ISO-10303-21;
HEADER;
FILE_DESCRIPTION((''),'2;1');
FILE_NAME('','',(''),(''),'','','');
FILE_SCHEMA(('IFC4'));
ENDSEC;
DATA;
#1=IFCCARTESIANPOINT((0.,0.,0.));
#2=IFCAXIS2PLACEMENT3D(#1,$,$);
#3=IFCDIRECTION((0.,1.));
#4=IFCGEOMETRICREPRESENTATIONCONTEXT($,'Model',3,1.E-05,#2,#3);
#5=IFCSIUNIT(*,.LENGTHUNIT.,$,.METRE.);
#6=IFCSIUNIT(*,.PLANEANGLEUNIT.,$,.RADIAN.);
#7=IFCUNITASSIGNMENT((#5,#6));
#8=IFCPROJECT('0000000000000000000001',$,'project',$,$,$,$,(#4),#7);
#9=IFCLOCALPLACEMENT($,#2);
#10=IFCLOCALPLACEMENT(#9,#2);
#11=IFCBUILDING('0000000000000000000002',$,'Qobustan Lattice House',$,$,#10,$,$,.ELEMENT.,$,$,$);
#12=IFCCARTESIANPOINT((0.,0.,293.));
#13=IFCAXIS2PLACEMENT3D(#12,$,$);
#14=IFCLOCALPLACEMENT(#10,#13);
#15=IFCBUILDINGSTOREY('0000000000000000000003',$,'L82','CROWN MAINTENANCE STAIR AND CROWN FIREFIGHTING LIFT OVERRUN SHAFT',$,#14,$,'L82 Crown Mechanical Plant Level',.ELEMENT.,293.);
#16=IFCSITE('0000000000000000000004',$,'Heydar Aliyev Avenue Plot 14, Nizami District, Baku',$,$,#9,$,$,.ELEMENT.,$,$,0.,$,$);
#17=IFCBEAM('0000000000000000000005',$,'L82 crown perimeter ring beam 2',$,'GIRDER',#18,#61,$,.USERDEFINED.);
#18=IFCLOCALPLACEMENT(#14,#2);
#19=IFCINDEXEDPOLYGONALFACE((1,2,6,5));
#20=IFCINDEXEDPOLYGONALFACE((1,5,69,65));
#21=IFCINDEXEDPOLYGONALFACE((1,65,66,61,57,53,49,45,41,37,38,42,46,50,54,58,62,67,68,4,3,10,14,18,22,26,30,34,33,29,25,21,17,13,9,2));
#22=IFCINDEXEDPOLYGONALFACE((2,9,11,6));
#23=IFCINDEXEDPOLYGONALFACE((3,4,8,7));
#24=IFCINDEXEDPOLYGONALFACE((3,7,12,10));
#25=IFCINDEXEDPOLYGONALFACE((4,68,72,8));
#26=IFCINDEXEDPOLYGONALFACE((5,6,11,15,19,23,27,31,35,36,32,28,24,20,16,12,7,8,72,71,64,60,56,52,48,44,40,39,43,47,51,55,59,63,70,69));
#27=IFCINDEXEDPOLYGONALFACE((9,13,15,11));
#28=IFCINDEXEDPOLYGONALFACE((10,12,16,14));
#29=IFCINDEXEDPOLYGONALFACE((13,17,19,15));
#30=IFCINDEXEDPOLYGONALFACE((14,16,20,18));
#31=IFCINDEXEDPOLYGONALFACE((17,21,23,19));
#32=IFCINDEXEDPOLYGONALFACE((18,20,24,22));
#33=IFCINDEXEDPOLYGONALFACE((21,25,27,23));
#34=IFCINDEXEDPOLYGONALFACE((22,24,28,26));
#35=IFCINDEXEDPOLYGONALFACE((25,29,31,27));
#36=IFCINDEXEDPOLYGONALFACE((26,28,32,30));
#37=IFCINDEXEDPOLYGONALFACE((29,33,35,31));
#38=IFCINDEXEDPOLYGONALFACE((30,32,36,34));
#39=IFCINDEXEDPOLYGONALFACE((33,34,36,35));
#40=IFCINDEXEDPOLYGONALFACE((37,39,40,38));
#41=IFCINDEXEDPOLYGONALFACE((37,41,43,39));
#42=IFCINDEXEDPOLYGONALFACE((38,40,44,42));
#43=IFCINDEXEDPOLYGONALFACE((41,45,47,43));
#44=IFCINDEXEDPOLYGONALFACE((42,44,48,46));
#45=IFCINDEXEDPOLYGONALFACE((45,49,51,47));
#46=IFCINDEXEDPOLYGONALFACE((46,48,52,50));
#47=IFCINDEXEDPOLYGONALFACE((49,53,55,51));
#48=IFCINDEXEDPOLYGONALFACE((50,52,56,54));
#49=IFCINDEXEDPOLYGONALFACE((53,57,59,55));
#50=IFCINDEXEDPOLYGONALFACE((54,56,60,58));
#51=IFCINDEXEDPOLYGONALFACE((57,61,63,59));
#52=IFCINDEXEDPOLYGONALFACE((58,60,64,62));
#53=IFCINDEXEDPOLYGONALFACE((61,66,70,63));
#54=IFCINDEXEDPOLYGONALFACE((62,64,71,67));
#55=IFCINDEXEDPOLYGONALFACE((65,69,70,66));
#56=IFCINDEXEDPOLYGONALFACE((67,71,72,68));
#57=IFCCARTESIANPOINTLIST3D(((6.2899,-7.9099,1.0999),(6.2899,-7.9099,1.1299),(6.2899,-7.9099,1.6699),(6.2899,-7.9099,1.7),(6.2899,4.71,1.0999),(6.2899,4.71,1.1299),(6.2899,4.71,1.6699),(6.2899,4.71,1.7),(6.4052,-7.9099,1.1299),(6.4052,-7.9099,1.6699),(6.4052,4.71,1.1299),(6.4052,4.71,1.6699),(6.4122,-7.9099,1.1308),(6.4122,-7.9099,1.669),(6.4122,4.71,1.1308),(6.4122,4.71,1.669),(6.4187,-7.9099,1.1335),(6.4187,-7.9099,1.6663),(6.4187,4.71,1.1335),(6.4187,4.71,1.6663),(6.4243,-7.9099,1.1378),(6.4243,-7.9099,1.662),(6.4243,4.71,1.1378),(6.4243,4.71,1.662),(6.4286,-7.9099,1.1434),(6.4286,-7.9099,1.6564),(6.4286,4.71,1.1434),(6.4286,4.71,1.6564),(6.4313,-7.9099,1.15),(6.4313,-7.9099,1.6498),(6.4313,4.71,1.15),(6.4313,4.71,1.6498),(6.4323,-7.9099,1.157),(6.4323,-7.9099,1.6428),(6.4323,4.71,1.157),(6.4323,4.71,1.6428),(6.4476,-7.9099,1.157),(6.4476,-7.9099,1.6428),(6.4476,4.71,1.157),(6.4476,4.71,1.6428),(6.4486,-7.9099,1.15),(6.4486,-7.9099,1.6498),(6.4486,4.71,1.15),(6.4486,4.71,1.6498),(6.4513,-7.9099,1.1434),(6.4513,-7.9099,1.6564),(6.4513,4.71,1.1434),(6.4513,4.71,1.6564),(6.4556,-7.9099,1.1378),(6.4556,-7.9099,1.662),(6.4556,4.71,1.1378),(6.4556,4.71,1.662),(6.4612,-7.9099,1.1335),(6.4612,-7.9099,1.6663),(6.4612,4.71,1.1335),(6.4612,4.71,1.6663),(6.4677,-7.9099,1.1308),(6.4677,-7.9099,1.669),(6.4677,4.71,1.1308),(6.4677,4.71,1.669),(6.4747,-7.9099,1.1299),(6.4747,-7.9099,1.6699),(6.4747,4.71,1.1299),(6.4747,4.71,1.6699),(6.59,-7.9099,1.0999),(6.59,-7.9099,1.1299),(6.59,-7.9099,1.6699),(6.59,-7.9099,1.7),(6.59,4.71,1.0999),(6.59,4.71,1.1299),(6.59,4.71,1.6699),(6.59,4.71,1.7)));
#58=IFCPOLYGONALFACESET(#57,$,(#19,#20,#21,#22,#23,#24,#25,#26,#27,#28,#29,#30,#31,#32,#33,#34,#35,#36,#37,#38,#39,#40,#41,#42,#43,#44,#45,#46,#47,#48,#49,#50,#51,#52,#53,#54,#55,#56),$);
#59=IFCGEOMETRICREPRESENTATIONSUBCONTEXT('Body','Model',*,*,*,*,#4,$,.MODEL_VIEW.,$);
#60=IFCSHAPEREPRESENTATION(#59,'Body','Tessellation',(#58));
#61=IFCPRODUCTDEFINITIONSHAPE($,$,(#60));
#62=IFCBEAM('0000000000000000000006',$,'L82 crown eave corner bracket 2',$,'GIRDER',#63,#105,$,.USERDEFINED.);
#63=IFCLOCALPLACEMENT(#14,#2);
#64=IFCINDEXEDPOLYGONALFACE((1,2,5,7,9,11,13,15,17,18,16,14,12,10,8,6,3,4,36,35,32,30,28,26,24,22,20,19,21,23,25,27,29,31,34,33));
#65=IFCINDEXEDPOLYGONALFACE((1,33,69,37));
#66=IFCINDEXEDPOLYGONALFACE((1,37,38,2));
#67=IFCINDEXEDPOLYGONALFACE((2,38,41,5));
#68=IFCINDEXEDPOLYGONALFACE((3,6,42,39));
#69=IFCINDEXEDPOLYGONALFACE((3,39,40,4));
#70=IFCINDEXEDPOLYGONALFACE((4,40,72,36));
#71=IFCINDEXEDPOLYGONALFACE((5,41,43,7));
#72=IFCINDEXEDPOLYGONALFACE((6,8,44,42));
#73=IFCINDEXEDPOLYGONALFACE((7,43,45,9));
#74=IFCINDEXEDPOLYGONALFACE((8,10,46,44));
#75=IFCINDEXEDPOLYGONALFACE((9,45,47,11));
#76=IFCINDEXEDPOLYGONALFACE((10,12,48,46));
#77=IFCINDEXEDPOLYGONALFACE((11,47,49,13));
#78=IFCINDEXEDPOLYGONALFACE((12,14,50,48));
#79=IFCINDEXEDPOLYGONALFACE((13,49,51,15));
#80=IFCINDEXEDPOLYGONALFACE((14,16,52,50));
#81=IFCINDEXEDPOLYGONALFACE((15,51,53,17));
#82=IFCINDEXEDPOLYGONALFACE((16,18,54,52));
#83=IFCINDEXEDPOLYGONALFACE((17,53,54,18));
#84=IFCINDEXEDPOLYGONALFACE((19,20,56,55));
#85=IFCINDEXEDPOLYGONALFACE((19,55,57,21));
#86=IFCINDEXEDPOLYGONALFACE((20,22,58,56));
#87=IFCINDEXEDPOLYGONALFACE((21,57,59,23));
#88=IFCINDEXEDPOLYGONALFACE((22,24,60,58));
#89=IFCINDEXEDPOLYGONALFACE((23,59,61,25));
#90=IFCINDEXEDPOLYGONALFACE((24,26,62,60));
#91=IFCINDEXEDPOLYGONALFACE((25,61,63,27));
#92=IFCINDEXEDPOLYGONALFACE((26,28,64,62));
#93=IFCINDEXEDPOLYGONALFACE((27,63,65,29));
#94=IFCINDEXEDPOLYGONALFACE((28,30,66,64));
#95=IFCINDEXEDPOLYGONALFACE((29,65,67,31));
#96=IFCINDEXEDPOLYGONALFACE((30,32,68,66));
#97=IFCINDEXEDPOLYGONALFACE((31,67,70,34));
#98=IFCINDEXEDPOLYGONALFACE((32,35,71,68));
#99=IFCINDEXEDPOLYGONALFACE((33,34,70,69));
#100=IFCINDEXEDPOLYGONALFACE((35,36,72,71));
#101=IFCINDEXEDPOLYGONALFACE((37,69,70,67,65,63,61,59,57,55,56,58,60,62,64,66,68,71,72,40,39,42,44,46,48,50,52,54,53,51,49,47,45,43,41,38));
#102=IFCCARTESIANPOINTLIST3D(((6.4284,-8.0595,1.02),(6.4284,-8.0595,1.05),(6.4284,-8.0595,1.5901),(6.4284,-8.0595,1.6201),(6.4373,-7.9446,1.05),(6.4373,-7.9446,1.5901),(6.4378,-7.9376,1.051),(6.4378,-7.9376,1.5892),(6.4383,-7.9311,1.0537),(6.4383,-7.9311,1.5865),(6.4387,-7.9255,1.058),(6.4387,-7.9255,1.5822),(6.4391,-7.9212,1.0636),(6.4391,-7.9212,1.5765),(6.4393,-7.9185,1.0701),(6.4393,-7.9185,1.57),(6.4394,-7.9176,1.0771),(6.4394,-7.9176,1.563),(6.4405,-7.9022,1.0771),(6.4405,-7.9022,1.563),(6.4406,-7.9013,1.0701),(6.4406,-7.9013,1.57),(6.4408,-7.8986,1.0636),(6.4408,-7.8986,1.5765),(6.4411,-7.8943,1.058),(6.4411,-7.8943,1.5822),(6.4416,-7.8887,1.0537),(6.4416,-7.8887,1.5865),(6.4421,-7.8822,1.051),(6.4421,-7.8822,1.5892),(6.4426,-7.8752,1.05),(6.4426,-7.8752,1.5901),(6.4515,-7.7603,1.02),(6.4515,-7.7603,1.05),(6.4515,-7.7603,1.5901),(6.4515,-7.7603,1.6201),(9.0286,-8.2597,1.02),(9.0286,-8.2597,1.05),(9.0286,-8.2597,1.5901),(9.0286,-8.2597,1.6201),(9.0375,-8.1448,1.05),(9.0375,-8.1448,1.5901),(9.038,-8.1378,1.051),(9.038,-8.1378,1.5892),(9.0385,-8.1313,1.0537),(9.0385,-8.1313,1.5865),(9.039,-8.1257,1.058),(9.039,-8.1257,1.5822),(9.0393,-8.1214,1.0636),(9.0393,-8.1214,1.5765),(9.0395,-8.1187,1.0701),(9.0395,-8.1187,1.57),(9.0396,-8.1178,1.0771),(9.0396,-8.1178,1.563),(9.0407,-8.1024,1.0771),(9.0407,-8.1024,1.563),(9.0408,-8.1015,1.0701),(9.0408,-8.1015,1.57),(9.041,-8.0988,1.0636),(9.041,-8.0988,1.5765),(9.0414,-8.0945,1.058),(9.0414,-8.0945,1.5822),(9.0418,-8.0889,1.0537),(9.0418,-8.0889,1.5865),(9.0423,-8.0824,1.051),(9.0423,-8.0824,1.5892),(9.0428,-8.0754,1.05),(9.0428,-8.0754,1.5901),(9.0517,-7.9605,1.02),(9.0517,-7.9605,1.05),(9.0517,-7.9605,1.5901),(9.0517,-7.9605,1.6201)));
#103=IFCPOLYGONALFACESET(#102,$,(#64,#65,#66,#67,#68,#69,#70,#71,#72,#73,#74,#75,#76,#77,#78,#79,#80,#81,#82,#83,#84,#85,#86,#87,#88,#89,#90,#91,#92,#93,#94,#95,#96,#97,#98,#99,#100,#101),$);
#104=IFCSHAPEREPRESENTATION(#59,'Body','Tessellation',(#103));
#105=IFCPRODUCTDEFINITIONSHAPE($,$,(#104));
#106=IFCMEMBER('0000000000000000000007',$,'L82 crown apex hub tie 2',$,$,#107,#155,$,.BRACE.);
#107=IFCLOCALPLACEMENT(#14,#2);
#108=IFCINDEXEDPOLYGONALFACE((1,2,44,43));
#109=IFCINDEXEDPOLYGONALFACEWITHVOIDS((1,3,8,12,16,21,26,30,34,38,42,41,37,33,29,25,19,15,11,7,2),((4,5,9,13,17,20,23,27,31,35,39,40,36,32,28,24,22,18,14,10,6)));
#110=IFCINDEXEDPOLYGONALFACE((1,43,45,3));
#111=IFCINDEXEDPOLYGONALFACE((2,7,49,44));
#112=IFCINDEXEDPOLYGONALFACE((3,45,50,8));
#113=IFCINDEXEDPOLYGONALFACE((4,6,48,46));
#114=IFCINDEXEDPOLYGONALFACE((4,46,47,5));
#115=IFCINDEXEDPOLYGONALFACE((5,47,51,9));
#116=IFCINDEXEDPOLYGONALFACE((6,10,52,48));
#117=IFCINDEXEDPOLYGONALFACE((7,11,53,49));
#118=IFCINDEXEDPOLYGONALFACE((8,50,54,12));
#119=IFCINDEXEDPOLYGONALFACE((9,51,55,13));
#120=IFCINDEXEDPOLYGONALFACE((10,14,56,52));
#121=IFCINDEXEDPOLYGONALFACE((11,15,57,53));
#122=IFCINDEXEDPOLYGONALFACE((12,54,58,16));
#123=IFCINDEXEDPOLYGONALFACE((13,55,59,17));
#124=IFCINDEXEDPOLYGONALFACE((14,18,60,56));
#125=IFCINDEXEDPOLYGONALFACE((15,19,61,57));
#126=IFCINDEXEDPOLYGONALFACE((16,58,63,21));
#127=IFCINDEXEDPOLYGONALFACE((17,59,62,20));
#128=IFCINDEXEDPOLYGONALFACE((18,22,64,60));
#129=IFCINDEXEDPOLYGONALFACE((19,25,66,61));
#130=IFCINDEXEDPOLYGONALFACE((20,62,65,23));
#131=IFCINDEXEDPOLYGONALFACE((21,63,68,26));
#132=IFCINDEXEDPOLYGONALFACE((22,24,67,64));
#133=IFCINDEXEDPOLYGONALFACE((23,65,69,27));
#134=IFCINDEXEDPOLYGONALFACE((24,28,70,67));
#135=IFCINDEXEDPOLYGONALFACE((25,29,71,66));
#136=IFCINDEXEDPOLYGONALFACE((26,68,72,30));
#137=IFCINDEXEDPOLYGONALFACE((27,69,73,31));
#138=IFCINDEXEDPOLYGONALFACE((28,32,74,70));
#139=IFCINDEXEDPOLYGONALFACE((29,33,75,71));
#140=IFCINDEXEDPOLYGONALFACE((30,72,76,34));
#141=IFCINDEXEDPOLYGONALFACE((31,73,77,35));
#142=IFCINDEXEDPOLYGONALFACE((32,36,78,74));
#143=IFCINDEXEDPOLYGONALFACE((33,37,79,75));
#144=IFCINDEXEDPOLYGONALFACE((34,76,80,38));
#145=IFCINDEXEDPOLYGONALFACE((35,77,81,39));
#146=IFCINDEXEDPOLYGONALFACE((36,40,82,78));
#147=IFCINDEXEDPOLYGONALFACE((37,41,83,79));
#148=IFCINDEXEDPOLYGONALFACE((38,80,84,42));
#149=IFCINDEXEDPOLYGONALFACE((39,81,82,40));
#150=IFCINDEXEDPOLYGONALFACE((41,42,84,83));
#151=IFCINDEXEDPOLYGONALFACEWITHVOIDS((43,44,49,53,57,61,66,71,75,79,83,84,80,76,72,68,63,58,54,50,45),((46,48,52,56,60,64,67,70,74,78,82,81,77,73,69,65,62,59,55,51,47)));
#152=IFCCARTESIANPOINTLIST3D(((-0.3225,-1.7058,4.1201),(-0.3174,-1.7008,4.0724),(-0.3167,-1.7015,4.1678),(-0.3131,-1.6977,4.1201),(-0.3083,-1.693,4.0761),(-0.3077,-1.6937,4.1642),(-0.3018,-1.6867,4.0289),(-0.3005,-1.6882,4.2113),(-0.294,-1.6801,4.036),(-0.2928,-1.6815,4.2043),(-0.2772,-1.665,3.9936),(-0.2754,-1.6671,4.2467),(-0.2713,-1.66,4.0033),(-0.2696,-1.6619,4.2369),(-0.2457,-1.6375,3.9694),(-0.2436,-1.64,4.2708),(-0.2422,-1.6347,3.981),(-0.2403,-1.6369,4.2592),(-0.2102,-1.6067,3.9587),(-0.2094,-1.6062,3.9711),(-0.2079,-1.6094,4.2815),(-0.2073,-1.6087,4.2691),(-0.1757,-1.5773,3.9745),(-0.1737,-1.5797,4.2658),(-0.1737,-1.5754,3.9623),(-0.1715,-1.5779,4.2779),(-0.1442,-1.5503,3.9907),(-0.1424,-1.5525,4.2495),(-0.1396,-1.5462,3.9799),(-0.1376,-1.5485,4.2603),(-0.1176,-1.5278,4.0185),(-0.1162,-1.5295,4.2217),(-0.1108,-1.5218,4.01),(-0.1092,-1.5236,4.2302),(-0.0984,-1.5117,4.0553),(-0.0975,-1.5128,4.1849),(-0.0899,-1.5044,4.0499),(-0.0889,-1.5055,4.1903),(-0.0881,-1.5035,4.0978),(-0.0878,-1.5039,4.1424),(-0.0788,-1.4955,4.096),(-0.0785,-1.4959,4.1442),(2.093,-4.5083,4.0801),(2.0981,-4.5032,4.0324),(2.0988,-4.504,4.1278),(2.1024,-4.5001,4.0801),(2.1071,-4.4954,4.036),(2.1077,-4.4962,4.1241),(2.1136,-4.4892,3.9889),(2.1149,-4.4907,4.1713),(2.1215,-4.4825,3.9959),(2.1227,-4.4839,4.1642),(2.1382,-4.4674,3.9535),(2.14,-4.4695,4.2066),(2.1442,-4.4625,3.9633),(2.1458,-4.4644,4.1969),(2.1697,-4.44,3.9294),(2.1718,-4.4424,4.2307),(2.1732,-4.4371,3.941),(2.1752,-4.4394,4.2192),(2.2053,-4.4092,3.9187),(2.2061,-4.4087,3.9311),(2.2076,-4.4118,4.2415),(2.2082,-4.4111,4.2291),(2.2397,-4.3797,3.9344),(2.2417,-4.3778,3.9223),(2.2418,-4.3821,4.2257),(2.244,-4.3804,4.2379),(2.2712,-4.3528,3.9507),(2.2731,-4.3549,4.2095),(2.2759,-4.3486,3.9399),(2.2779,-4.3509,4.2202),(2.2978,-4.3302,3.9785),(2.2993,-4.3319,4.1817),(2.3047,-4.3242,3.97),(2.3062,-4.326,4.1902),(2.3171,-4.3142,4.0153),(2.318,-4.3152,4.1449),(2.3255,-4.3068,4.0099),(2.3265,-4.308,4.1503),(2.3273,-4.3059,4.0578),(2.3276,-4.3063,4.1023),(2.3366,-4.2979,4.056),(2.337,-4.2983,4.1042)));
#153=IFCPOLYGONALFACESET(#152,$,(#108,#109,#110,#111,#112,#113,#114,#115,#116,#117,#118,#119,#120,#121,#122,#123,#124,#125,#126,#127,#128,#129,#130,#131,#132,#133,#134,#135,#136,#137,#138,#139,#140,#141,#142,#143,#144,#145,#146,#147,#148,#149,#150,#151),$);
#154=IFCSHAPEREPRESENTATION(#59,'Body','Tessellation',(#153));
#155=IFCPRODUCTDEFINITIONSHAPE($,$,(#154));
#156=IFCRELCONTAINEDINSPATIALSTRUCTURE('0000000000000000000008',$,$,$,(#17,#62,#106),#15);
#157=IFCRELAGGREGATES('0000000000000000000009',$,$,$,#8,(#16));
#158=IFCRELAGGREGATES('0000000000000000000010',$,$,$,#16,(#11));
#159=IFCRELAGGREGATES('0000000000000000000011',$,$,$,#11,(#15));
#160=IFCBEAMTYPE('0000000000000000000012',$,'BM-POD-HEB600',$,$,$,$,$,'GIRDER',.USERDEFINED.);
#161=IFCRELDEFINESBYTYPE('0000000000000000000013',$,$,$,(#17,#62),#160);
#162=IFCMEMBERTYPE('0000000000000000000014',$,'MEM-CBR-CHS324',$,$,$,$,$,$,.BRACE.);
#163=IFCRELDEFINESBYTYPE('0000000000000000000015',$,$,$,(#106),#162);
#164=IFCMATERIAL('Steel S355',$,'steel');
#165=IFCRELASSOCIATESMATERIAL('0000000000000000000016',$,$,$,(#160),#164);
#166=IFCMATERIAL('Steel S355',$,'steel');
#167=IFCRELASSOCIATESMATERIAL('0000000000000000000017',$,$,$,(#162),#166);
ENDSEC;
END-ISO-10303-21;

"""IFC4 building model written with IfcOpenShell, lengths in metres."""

from ifc_helpers import new_model, si_unit, direction, frame, origin, origin_2d, place, context, subcontext, project, spatial, hollow_circle, i_section, extrude, material, material_profile, profile_set, type_object, element, save


model = new_model("IFC4")

# Units and contexts
model_context = context("Model", 3, precision=1e-05, world=origin(), true_north=direction((0.0, 1.0)))
body_context = subcontext(model_context, "Body", "Model", "MODEL_VIEW")
ifc_project = project(units=[si_unit("LENGTHUNIT", "METRE"), si_unit("PLANEANGLEUNIT", "RADIAN")], contexts=[model_context])

# Site, building, storey
site_placement = place(None, origin())
site = spatial("IfcSite", under=ifc_project, at=site_placement, Name="Heydar Aliyev Avenue Plot 14, Nizami District, Baku", CompositionType="ELEMENT", RefElevation=0.0)
building_placement = place(site_placement, origin())
building = spatial("IfcBuilding", under=site, at=building_placement, Name="Qobustan Lattice House", CompositionType="ELEMENT")
storey_placement = place(building_placement, frame((0.0, 0.0, 293.0)))
storey = spatial("IfcBuildingStorey", under=building, at=storey_placement, Name="L82", Description="CROWN MAINTENANCE STAIR AND CROWN FIREFIGHTING LIFT OVERRUN SHAFT", LongName="L82 Crown Mechanical Plant Level", CompositionType="ELEMENT", Elevation=293.0)

# Beams
ifc_material_1 = material(Name="Steel S355", Category="steel")
ifc_material_profile_1 = material_profile(ifc_material_1, i_section(OverallWidth=0.3, OverallDepth=0.6001, WebThickness=0.0154, FlangeThickness=0.03, FilletRadius=0.0271, at=origin_2d()), Name="HEB600")
ifc_profile_set_1 = profile_set([ifc_material_profile_1], Name="Steel S355")
beam_type = type_object("IfcBeamType", Name="BM-POD-HEB600", ElementType="GIRDER", PredefinedType="USERDEFINED", material=ifc_profile_set_1)
beam_1_placement = place(storey_placement, frame((6.4399, -7.9099, 1.3999), z_axis=(0.0, 1.0, 0.0), x_axis=(-1.0, 0.0, 0.0)))
element("IfcBeam", 1, at=beam_1_placement, inside=storey, type_object=beam_type, Name="L82 crown perimeter ring beam 2", ObjectType="GIRDER", PredefinedType="USERDEFINED", context=body_context, shape_type="SweptSolid", body=[
    extrude(i_section(OverallWidth=0.3, OverallDepth=0.6001, WebThickness=0.0154, FlangeThickness=0.03, FilletRadius=0.0271, at=origin_2d()), origin(), (0.0, 0.0, 1.0), 12.6199),
])
beam_2_placement = place(storey_placement, frame((6.4399, -7.9099, 1.3201), z_axis=(0.997049, -0.076768, 0.0), x_axis=(0.076768, 0.997049, 0.0)))
element("IfcBeam", 2, at=beam_2_placement, inside=storey, type_object=beam_type, Name="L82 crown eave corner bracket 2", ObjectType="GIRDER", PredefinedType="USERDEFINED", context=body_context, shape_type="SweptSolid", body=[
    extrude(i_section(OverallWidth=0.3, OverallDepth=0.6001, WebThickness=0.0154, FlangeThickness=0.03, FilletRadius=0.0271, at=origin_2d()), origin(), (0.0, 0.0, 1.0), 2.6079),
])

# Member
ifc_material_2 = material(Name="Steel S355", Category="steel")
ifc_material_profile_2 = material_profile(ifc_material_2, hollow_circle(Radius=0.1619, WallThickness=0.0125, at=origin_2d()), Name="CHS323.9x12.5")
ifc_profile_set_2 = profile_set([ifc_material_profile_2], Name="Steel S355")
member_type_1 = type_object("IfcMemberType", Name="MEM-CBR-CHS324", PredefinedType="BRACE", material=ifc_profile_set_2)
member_1_placement = place(storey_placement, frame((2.2156, -4.4026, 4.0801), z_axis=(-0.652837, 0.757421, 0.010821), x_axis=(-0.757465, -0.652876, 0.0)))
element("IfcMember", 3, at=member_1_placement, inside=storey, type_object=member_type_1, Name="L82 crown apex hub tie 2", PredefinedType="BRACE", context=body_context, shape_type="SweptSolid", body=[
    extrude(hollow_circle(Radius=0.1619, WallThickness=0.0125, at=origin_2d()), origin(), (0.0, 0.0, 1.0), 3.7),
])

save(model, "model.ifc")
